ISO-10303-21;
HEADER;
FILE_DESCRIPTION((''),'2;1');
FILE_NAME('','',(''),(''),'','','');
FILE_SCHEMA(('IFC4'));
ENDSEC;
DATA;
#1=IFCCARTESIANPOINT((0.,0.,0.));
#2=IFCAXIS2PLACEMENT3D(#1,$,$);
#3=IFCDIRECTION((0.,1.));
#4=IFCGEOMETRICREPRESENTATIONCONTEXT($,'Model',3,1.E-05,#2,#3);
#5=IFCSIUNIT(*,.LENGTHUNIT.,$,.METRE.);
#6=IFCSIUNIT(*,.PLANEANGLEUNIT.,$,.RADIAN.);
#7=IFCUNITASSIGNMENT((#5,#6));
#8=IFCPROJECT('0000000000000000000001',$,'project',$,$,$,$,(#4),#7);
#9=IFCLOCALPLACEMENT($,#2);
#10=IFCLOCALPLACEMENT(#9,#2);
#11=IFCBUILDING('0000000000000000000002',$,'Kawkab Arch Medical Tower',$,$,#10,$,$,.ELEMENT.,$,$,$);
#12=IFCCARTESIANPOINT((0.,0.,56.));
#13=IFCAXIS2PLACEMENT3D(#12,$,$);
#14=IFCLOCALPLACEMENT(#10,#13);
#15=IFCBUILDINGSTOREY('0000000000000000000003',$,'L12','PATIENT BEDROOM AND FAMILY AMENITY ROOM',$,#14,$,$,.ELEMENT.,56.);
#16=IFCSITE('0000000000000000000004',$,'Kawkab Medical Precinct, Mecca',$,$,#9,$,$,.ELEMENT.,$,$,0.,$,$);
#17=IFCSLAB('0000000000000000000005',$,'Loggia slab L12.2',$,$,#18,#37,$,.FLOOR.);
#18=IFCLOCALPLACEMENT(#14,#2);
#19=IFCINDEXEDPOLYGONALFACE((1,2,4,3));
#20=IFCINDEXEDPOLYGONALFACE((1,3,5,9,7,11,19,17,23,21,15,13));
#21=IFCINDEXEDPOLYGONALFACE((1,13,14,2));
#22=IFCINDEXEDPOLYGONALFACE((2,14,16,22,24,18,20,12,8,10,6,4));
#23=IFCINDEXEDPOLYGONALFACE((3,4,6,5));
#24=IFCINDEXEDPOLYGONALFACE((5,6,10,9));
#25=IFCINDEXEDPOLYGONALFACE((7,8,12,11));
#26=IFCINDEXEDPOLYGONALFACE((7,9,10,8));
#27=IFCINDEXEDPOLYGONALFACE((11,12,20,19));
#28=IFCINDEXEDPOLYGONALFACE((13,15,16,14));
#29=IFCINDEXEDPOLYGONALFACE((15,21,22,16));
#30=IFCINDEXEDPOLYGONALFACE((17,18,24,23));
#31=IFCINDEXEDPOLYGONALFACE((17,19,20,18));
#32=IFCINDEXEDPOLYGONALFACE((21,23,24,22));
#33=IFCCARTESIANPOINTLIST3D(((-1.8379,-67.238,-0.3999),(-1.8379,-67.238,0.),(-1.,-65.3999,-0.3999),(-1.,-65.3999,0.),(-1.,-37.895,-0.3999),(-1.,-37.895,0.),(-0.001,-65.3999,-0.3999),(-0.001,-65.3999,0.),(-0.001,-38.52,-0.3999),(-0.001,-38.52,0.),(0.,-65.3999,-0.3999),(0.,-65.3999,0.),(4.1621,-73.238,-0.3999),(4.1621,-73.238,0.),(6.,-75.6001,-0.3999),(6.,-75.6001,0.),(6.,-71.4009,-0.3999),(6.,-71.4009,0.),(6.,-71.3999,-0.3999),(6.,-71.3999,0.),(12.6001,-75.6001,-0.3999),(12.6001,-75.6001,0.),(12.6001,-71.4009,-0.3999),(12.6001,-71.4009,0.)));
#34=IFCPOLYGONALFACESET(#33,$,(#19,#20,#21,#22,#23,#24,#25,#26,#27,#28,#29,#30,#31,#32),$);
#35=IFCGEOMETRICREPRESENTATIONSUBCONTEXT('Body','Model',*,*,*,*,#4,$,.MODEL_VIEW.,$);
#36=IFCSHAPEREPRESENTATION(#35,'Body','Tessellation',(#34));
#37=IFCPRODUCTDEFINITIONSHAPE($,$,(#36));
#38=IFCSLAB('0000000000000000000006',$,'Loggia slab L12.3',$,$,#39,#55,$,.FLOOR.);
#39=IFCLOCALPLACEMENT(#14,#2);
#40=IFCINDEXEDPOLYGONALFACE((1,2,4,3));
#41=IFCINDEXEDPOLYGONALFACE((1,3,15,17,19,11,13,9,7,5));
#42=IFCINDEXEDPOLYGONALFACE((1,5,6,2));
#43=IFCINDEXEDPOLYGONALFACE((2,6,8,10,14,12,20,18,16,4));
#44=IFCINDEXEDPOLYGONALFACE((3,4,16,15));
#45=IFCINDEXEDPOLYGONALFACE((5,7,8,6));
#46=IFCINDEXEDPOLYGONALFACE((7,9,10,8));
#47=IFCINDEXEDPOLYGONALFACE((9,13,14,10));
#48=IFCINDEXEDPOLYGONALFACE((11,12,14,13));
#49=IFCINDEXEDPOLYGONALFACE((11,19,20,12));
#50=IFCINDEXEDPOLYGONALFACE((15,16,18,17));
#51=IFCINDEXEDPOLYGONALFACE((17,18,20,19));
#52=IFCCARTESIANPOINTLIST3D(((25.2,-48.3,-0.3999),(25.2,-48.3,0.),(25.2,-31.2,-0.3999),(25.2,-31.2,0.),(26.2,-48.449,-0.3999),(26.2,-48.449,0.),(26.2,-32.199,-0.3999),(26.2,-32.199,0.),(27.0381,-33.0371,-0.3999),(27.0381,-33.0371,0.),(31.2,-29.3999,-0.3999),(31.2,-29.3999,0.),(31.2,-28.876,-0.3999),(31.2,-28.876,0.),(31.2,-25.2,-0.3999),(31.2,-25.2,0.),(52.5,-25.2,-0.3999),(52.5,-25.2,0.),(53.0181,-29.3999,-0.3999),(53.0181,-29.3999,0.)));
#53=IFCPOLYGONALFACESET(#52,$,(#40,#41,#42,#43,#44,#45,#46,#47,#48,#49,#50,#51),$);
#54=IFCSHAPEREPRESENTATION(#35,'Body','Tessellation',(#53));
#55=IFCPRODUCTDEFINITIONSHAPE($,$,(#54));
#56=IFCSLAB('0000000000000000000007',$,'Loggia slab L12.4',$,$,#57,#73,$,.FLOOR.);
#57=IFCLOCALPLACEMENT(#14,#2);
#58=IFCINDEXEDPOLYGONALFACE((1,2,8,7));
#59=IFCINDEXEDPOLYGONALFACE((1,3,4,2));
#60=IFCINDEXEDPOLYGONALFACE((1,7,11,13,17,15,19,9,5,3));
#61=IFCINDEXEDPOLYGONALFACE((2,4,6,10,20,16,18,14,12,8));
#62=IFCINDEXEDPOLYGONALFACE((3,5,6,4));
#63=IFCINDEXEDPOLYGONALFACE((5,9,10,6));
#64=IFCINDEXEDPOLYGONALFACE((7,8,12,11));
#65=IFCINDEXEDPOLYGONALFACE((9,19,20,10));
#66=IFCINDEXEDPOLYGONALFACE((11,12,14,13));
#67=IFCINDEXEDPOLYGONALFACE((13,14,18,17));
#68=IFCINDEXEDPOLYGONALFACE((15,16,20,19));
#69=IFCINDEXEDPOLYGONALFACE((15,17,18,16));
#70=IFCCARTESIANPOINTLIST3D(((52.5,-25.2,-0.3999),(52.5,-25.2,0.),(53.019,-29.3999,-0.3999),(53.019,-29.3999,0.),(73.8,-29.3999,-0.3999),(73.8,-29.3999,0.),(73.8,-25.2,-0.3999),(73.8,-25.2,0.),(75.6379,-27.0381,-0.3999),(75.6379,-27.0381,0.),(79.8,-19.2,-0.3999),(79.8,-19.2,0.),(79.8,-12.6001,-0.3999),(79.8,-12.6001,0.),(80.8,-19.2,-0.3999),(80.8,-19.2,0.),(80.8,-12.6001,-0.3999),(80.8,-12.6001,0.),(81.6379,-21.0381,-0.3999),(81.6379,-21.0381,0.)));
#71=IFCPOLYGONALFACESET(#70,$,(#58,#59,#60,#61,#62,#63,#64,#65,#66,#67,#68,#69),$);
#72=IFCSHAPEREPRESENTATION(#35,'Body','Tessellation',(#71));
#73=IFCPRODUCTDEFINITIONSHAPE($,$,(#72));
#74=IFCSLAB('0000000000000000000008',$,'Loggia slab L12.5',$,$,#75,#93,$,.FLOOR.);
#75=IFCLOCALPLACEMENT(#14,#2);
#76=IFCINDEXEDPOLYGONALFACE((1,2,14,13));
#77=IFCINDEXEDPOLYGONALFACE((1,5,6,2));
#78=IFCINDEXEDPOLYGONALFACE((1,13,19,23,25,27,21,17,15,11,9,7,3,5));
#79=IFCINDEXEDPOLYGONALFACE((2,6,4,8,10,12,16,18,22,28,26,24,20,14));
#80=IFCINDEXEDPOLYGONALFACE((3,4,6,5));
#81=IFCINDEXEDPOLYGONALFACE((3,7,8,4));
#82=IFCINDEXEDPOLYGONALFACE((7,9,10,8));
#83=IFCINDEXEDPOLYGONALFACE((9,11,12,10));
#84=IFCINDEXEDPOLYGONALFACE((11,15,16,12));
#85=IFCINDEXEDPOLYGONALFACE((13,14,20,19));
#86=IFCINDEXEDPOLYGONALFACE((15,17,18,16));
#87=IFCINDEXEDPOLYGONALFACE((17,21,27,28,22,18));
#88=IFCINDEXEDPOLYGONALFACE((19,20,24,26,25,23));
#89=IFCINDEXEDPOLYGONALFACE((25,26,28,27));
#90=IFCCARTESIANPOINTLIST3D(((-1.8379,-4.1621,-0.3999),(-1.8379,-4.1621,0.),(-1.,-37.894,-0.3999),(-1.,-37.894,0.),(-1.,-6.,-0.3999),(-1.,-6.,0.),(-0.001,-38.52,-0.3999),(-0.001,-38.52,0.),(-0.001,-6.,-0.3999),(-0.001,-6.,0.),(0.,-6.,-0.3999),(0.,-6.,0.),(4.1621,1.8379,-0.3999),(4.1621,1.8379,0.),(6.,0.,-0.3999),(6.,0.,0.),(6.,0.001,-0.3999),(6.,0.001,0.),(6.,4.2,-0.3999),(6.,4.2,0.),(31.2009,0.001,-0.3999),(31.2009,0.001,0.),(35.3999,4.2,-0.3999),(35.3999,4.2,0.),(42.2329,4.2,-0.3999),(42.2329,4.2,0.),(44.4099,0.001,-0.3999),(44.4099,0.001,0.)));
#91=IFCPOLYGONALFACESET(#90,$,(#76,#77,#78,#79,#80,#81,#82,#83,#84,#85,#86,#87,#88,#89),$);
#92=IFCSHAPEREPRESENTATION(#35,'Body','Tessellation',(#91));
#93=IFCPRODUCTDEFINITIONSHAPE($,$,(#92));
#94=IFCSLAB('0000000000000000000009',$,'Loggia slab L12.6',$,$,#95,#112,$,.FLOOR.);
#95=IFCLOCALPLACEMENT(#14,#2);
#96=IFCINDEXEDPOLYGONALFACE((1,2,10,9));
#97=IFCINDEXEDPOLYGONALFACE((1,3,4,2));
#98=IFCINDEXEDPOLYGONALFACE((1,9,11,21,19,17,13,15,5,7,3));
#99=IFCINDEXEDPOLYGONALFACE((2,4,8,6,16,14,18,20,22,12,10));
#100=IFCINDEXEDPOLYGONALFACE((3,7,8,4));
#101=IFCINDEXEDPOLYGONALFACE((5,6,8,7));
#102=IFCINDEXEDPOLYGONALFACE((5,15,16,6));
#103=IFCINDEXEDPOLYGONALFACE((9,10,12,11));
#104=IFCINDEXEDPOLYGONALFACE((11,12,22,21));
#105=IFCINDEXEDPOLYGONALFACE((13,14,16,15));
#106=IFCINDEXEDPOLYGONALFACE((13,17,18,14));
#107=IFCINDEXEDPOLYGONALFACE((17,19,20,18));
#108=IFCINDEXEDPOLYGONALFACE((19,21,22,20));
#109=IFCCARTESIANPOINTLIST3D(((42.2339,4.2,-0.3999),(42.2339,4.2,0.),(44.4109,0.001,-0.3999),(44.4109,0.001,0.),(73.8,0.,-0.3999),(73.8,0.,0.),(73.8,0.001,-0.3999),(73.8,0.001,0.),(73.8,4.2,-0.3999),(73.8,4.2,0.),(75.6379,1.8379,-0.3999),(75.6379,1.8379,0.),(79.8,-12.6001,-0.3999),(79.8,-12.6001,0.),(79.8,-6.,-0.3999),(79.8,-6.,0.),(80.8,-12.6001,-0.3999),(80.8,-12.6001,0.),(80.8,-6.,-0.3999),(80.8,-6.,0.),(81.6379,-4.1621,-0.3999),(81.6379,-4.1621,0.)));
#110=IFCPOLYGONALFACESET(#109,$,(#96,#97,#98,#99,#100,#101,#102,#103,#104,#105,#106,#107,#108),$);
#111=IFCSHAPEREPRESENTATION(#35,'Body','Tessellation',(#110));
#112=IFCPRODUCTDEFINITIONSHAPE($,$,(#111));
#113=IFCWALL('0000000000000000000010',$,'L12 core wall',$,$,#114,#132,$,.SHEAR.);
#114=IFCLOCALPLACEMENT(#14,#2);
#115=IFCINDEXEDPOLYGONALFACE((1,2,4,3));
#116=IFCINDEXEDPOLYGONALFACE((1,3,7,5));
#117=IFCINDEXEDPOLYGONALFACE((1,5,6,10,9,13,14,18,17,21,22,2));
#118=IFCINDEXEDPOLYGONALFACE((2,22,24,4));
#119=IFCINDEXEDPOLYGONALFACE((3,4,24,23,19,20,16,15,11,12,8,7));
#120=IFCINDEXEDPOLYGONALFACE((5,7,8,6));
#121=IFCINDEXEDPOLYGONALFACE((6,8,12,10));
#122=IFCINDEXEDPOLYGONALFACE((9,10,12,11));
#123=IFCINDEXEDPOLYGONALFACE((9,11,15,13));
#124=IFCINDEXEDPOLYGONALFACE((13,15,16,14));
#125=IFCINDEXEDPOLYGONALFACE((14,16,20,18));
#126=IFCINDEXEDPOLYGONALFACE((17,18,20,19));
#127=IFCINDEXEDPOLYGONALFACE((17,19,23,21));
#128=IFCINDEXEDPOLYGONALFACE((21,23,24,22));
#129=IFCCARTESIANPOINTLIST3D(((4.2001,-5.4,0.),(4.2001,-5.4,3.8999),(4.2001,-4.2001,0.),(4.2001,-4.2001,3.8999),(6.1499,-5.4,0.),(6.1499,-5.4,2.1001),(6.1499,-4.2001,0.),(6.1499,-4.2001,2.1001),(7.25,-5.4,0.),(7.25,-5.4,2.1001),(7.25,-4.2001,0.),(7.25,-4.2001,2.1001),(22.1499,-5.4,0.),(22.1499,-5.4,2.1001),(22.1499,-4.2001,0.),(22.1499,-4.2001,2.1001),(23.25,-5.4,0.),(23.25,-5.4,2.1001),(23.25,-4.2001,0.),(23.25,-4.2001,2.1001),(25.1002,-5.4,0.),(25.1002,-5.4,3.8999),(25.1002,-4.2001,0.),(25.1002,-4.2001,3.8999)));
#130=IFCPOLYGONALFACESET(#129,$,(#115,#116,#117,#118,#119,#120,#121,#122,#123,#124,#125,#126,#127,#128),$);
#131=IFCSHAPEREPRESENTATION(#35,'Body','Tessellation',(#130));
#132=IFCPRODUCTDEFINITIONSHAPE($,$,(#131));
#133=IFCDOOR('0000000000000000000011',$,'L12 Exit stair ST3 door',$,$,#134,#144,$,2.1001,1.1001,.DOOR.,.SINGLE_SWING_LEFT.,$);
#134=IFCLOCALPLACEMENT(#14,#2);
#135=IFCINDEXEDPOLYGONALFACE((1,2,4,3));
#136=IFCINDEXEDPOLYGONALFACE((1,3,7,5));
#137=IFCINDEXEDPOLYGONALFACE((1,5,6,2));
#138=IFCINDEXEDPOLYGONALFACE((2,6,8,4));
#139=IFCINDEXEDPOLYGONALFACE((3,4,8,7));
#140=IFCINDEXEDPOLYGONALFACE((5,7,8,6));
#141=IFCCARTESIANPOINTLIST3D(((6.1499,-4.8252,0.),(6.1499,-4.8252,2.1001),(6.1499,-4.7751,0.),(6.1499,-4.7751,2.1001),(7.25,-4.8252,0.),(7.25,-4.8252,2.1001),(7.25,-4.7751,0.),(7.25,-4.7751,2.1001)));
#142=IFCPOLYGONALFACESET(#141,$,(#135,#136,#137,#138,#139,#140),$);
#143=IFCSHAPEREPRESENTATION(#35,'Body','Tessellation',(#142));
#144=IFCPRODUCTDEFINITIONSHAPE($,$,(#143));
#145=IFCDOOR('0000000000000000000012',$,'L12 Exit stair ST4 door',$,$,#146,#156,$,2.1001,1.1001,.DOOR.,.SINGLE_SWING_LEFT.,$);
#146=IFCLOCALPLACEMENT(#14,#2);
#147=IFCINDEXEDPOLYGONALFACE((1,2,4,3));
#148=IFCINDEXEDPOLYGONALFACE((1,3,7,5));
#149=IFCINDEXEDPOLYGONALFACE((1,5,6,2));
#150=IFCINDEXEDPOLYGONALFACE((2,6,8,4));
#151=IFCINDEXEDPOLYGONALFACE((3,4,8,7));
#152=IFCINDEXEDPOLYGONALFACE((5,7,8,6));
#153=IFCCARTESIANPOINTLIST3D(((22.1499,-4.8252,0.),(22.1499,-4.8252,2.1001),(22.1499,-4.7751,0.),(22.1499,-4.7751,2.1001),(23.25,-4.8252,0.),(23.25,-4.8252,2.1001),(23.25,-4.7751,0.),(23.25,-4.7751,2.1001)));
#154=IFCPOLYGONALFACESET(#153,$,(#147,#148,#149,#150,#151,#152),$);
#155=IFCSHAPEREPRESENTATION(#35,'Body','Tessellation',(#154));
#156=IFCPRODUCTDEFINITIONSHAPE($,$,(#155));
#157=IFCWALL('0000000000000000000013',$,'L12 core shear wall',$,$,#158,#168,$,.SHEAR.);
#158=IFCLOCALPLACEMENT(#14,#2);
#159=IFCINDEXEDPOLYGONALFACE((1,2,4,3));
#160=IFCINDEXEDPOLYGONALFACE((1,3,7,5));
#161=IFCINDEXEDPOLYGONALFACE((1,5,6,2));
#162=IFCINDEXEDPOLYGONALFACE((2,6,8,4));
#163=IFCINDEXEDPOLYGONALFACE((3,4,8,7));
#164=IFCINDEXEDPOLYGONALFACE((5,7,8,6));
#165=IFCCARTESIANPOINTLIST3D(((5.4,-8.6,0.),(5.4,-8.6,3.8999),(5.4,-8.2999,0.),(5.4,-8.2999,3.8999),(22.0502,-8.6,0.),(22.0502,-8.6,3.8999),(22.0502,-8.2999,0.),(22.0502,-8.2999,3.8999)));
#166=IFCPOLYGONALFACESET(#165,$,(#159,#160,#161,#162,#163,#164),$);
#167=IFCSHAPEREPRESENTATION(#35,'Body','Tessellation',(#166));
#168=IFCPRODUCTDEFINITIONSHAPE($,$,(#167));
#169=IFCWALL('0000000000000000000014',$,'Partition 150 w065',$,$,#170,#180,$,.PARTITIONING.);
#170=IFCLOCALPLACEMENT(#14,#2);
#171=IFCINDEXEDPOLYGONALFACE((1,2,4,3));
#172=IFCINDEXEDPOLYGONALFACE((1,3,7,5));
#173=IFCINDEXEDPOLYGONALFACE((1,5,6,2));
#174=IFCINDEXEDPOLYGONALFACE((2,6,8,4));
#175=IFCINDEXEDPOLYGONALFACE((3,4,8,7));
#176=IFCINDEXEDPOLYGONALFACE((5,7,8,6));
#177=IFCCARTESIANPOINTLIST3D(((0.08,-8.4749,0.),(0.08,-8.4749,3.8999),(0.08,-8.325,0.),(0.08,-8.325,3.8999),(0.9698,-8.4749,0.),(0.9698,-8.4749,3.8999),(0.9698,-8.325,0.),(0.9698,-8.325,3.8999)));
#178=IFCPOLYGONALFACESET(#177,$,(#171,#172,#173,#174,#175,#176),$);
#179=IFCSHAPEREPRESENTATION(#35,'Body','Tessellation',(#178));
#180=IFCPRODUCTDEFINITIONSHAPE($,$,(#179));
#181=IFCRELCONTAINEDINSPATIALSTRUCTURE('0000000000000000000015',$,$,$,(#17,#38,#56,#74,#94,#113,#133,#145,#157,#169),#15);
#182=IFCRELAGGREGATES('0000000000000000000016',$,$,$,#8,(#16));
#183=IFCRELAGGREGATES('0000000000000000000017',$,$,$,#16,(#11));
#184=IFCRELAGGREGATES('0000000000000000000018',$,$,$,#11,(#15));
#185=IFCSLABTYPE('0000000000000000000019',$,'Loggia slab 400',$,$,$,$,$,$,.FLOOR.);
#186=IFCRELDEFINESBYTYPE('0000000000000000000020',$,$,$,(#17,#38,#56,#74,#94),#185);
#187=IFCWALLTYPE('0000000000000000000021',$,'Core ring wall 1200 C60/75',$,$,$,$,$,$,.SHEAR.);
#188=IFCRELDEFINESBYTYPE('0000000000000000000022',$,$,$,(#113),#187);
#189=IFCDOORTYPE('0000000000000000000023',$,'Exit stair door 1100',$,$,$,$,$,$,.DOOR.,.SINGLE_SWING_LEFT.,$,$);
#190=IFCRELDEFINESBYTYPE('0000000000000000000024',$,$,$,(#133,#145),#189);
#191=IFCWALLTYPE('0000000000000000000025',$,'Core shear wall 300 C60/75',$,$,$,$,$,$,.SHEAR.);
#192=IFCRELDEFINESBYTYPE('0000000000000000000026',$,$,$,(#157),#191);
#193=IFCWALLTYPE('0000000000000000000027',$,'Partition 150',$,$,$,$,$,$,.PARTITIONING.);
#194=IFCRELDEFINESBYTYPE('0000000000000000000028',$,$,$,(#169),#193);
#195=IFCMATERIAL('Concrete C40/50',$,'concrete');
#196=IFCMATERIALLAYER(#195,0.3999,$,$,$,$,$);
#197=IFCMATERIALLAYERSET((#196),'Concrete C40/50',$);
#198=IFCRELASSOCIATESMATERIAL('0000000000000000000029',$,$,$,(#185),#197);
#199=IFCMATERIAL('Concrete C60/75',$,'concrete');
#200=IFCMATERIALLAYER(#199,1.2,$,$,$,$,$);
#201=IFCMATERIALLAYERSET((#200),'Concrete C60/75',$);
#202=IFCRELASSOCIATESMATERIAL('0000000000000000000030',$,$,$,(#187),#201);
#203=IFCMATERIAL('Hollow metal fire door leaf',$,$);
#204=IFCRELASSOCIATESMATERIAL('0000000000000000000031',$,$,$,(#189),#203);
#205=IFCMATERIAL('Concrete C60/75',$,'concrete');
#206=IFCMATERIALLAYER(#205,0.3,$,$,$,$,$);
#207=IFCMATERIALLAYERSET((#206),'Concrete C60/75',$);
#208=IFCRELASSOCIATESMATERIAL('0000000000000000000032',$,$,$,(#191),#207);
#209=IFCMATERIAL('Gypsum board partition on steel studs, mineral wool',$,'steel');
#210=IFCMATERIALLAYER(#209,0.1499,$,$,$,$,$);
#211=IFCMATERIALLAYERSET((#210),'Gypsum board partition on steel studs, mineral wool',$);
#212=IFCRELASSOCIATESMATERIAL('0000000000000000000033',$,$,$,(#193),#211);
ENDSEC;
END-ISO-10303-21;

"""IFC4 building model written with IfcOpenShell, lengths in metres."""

from ifc_helpers import new_model, si_unit, direction, frame, frame_2d, origin, place, context, subcontext, project, spatial, polyline, rectangle, outline, extrude, material, layer, layer_set, type_object, element, fill, save


model = new_model("IFC4")

# Units and contexts
model_context = context("Model", 3, precision=1e-05, world=origin(), true_north=direction((0.0, 1.0)))
body_context = subcontext(model_context, "Body", "Model", "MODEL_VIEW")
ifc_project = project(units=[si_unit("LENGTHUNIT", "METRE"), si_unit("PLANEANGLEUNIT", "RADIAN")], contexts=[model_context])

# Site, building, storey
site_placement = place(None, origin())
site = spatial("IfcSite", under=ifc_project, at=site_placement, Name="Kawkab Medical Precinct, Mecca", CompositionType="ELEMENT", RefElevation=0.0)
building_placement = place(site_placement, origin())
building = spatial("IfcBuilding", under=site, at=building_placement, Name="Kawkab Arch Medical Tower", CompositionType="ELEMENT")
storey_placement = place(building_placement, frame((0.0, 0.0, 56.0)))
storey = spatial("IfcBuildingStorey", under=building, at=storey_placement, Name="L12", Description="PATIENT BEDROOM AND FAMILY AMENITY ROOM", CompositionType="ELEMENT", Elevation=56.0)

# Slabs
ifc_material_1 = material(Name="Concrete C40/50", Category="concrete")
ifc_layer_1 = layer(ifc_material_1, 0.3999)
ifc_layer_set_1 = layer_set([ifc_layer_1], Name="Concrete C40/50")
slab_type_1 = type_object("IfcSlabType", Name="Loggia slab 400", PredefinedType="FLOOR", material=ifc_layer_set_1)
placement_1 = place(storey_placement, frame((0.0, 0.0, -0.3999)))
element("IfcSlab", 1, at=placement_1, inside=storey, type_object=slab_type_1, Name="Loggia slab L12.2", PredefinedType="FLOOR", context=body_context, shape_type="SweptSolid", body=[
    extrude(outline(polyline([(4.1621, -73.238), (-1.8379, -67.238), (-1.0, -65.3999), (-1.0, -37.895), (-0.001, -38.52), (-0.001, -65.3999), (0.0, -65.3999), (6.0, -71.3999), (6.0, -71.4009), (12.6001, -71.4009), (12.6001, -75.6001), (6.0, -75.6001), (4.1621, -73.238)])), origin(), (0.0, 0.0, 1.0), 0.3999),
])
element("IfcSlab", 2, at=placement_1, inside=storey, type_object=slab_type_1, Name="Loggia slab L12.3", PredefinedType="FLOOR", context=body_context, shape_type="SweptSolid", body=[
    extrude(outline(polyline([(31.2, -28.876), (27.0381, -33.0371), (26.2, -32.199), (26.2, -48.449), (25.2, -48.3), (25.2, -31.2), (31.2, -25.2), (52.5, -25.2), (53.0181, -29.3999), (31.2, -29.3999), (31.2, -28.876)])), origin(), (0.0, 0.0, 1.0), 0.3999),
])
element("IfcSlab", 3, at=placement_1, inside=storey, type_object=slab_type_1, Name="Loggia slab L12.4", PredefinedType="FLOOR", context=body_context, shape_type="SweptSolid", body=[
    extrude(outline(polyline([(81.6379, -21.0381), (75.6379, -27.0381), (73.8, -29.3999), (53.019, -29.3999), (52.5, -25.2), (73.8, -25.2), (79.8, -19.2), (79.8, -12.6001), (80.8, -12.6001), (80.8, -19.2), (81.6379, -21.0381)])), origin(), (0.0, 0.0, 1.0), 0.3999),
])
element("IfcSlab", 4, at=placement_1, inside=storey, type_object=slab_type_1, Name="Loggia slab L12.5", PredefinedType="FLOOR", context=body_context, shape_type="SweptSolid", body=[
    extrude(outline(polyline([(4.1621, 1.8379), (6.0, 4.2), (35.3999, 4.2), (42.2329, 4.2), (44.4099, 0.001), (31.2009, 0.001), (6.0, 0.001), (6.0, 0.0), (0.0, -6.0), (-0.001, -6.0), (-0.001, -38.52), (-1.0, -37.894), (-1.0, -6.0), (-1.8379, -4.1621), (4.1621, 1.8379)])), origin(), (0.0, 0.0, 1.0), 0.3999),
])
element("IfcSlab", 5, at=placement_1, inside=storey, type_object=slab_type_1, Name="Loggia slab L12.6", PredefinedType="FLOOR", context=body_context, shape_type="SweptSolid", body=[
    extrude(outline(polyline([(75.6379, 1.8379), (81.6379, -4.1621), (80.8, -6.0), (80.8, -12.6001), (79.8, -12.6001), (79.8, -6.0), (73.8, 0.0), (73.8, 0.001), (44.4109, 0.001), (42.2339, 4.2), (73.8, 4.2), (75.6379, 1.8379)])), origin(), (0.0, 0.0, 1.0), 0.3999),
])

# Wall, openings, doors
ifc_material_2 = material(Name="Concrete C60/75", Category="concrete")
ifc_layer_2 = layer(ifc_material_2, 1.2)
ifc_layer_set_2 = layer_set([ifc_layer_2], Name="Concrete C60/75")
wall_type_1 = type_object("IfcWallType", Name="Core ring wall 1200 C60/75", PredefinedType="SHEAR", material=ifc_layer_set_2)
wall_1_placement = place(storey_placement, frame((4.2, -4.8, 0.0), z_axis=(0.0, 0.0, 1.0), x_axis=(1.0, 0.0, 0.0)))
wall_1 = element("IfcWall", 6, at=wall_1_placement, inside=storey, type_object=wall_type_1, Name="L12 core wall", PredefinedType="SHEAR", context=body_context, shape_type="SweptSolid", body=[
    extrude(rectangle(XDim=20.9001, YDim=1.2, at=frame_2d((10.4502, 0.0))), origin(), (0.0, 0.0, 1.0), 3.8999),
])
opening_1_placement = place(wall_1_placement, frame((1.95, 0.0, 0.0)))
opening_1 = element("IfcOpeningElement", 7, at=opening_1_placement, cuts=wall_1, PredefinedType="OPENING", context=body_context, shape_type="SweptSolid", body=[
    extrude(rectangle(XDim=1.1001, YDim=2.1001, at=frame_2d((0.55, 1.05))), frame((0.0, 0.6099, 0.0), z_axis=(0.0, -1.0, 0.0), x_axis=(1.0, 0.0, 0.0)), (0.0, 0.0, 1.0), 1.22),
])
opening_2_placement = place(wall_1_placement, frame((17.95, 0.0, 0.0)))
opening_2 = element("IfcOpeningElement", 8, at=opening_2_placement, cuts=wall_1, PredefinedType="OPENING", context=body_context, shape_type="SweptSolid", body=[
    extrude(rectangle(XDim=1.1001, YDim=2.1001, at=frame_2d((0.55, 1.05))), frame((0.0, 0.6099, 0.0), z_axis=(0.0, -1.0, 0.0), x_axis=(1.0, 0.0, 0.0)), (0.0, 0.0, 1.0), 1.22),
])
ifc_material_3 = material(Name="Hollow metal fire door leaf")
door_type = type_object("IfcDoorType", Name="Exit stair door 1100", OperationType="SINGLE_SWING_LEFT", PredefinedType="DOOR", material=ifc_material_3)
door_1_placement = place(opening_1_placement, origin())
door_1 = element("IfcDoor", 9, at=door_1_placement, inside=storey, type_object=door_type, Name="L12 Exit stair ST3 door", OperationType="SINGLE_SWING_LEFT", OverallHeight=2.1001, OverallWidth=1.1001, PredefinedType="DOOR", context=body_context, shape_type="SweptSolid", body=[
    extrude(rectangle(XDim=1.1001, YDim=2.1001, at=frame_2d((0.55, 1.05))), frame((0.0, 0.0249, 0.0), z_axis=(0.0, -1.0, 0.0), x_axis=(1.0, 0.0, 0.0)), (0.0, 0.0, 1.0), 0.05),
])
fill(opening_1, door_1)
door_2_placement = place(opening_2_placement, origin())
door_2 = element("IfcDoor", 10, at=door_2_placement, inside=storey, type_object=door_type, Name="L12 Exit stair ST4 door", OperationType="SINGLE_SWING_LEFT", OverallHeight=2.1001, OverallWidth=1.1001, PredefinedType="DOOR", context=body_context, shape_type="SweptSolid", body=[
    extrude(rectangle(XDim=1.1001, YDim=2.1001, at=frame_2d((0.55, 1.05))), frame((0.0, 0.0249, 0.0), z_axis=(0.0, -1.0, 0.0), x_axis=(1.0, 0.0, 0.0)), (0.0, 0.0, 1.0), 0.05),
])
fill(opening_2, door_2)

# Walls
ifc_material_4 = material(Name="Concrete C60/75", Category="concrete")
ifc_layer_3 = layer(ifc_material_4, 0.3)
ifc_layer_set_3 = layer_set([ifc_layer_3], Name="Concrete C60/75")
wall_type_2 = type_object("IfcWallType", Name="Core shear wall 300 C60/75", PredefinedType="SHEAR", material=ifc_layer_set_3)
wall_2_placement = place(storey_placement, frame((5.3999, -8.45, 0.0), z_axis=(0.0, 0.0, 1.0), x_axis=(1.0, 0.0, 0.0)))
element("IfcWall", 11, at=wall_2_placement, inside=storey, type_object=wall_type_2, Name="L12 core shear wall", PredefinedType="SHEAR", context=body_context, shape_type="SweptSolid", body=[
    extrude(rectangle(XDim=16.6501, YDim=0.3, at=frame_2d((8.3252, 0.0))), origin(), (0.0, 0.0, 1.0), 3.8999),
])
ifc_material_5 = material(Name="Gypsum board partition on steel studs, mineral wool", Category="steel")
ifc_layer_4 = layer(ifc_material_5, 0.1499)
ifc_layer_set_4 = layer_set([ifc_layer_4], Name="Gypsum board partition on steel studs, mineral wool")
wall_type_3 = type_object("IfcWallType", Name="Partition 150", PredefinedType="PARTITIONING", material=ifc_layer_set_4)
wall_3_placement = place(storey_placement, frame((0.0801, -8.3999, 0.0), z_axis=(0.0, 0.0, 1.0), x_axis=(1.0, 0.0, 0.0)))
element("IfcWall", 12, at=wall_3_placement, inside=storey, type_object=wall_type_3, Name="Partition 150 w065", PredefinedType="PARTITIONING", context=body_context, shape_type="SweptSolid", body=[
    extrude(rectangle(XDim=0.8899, YDim=0.1499, at=frame_2d((0.4448, 0.0))), origin(), (0.0, 0.0, 1.0), 3.8999),
])

save(model, "model.ifc")
